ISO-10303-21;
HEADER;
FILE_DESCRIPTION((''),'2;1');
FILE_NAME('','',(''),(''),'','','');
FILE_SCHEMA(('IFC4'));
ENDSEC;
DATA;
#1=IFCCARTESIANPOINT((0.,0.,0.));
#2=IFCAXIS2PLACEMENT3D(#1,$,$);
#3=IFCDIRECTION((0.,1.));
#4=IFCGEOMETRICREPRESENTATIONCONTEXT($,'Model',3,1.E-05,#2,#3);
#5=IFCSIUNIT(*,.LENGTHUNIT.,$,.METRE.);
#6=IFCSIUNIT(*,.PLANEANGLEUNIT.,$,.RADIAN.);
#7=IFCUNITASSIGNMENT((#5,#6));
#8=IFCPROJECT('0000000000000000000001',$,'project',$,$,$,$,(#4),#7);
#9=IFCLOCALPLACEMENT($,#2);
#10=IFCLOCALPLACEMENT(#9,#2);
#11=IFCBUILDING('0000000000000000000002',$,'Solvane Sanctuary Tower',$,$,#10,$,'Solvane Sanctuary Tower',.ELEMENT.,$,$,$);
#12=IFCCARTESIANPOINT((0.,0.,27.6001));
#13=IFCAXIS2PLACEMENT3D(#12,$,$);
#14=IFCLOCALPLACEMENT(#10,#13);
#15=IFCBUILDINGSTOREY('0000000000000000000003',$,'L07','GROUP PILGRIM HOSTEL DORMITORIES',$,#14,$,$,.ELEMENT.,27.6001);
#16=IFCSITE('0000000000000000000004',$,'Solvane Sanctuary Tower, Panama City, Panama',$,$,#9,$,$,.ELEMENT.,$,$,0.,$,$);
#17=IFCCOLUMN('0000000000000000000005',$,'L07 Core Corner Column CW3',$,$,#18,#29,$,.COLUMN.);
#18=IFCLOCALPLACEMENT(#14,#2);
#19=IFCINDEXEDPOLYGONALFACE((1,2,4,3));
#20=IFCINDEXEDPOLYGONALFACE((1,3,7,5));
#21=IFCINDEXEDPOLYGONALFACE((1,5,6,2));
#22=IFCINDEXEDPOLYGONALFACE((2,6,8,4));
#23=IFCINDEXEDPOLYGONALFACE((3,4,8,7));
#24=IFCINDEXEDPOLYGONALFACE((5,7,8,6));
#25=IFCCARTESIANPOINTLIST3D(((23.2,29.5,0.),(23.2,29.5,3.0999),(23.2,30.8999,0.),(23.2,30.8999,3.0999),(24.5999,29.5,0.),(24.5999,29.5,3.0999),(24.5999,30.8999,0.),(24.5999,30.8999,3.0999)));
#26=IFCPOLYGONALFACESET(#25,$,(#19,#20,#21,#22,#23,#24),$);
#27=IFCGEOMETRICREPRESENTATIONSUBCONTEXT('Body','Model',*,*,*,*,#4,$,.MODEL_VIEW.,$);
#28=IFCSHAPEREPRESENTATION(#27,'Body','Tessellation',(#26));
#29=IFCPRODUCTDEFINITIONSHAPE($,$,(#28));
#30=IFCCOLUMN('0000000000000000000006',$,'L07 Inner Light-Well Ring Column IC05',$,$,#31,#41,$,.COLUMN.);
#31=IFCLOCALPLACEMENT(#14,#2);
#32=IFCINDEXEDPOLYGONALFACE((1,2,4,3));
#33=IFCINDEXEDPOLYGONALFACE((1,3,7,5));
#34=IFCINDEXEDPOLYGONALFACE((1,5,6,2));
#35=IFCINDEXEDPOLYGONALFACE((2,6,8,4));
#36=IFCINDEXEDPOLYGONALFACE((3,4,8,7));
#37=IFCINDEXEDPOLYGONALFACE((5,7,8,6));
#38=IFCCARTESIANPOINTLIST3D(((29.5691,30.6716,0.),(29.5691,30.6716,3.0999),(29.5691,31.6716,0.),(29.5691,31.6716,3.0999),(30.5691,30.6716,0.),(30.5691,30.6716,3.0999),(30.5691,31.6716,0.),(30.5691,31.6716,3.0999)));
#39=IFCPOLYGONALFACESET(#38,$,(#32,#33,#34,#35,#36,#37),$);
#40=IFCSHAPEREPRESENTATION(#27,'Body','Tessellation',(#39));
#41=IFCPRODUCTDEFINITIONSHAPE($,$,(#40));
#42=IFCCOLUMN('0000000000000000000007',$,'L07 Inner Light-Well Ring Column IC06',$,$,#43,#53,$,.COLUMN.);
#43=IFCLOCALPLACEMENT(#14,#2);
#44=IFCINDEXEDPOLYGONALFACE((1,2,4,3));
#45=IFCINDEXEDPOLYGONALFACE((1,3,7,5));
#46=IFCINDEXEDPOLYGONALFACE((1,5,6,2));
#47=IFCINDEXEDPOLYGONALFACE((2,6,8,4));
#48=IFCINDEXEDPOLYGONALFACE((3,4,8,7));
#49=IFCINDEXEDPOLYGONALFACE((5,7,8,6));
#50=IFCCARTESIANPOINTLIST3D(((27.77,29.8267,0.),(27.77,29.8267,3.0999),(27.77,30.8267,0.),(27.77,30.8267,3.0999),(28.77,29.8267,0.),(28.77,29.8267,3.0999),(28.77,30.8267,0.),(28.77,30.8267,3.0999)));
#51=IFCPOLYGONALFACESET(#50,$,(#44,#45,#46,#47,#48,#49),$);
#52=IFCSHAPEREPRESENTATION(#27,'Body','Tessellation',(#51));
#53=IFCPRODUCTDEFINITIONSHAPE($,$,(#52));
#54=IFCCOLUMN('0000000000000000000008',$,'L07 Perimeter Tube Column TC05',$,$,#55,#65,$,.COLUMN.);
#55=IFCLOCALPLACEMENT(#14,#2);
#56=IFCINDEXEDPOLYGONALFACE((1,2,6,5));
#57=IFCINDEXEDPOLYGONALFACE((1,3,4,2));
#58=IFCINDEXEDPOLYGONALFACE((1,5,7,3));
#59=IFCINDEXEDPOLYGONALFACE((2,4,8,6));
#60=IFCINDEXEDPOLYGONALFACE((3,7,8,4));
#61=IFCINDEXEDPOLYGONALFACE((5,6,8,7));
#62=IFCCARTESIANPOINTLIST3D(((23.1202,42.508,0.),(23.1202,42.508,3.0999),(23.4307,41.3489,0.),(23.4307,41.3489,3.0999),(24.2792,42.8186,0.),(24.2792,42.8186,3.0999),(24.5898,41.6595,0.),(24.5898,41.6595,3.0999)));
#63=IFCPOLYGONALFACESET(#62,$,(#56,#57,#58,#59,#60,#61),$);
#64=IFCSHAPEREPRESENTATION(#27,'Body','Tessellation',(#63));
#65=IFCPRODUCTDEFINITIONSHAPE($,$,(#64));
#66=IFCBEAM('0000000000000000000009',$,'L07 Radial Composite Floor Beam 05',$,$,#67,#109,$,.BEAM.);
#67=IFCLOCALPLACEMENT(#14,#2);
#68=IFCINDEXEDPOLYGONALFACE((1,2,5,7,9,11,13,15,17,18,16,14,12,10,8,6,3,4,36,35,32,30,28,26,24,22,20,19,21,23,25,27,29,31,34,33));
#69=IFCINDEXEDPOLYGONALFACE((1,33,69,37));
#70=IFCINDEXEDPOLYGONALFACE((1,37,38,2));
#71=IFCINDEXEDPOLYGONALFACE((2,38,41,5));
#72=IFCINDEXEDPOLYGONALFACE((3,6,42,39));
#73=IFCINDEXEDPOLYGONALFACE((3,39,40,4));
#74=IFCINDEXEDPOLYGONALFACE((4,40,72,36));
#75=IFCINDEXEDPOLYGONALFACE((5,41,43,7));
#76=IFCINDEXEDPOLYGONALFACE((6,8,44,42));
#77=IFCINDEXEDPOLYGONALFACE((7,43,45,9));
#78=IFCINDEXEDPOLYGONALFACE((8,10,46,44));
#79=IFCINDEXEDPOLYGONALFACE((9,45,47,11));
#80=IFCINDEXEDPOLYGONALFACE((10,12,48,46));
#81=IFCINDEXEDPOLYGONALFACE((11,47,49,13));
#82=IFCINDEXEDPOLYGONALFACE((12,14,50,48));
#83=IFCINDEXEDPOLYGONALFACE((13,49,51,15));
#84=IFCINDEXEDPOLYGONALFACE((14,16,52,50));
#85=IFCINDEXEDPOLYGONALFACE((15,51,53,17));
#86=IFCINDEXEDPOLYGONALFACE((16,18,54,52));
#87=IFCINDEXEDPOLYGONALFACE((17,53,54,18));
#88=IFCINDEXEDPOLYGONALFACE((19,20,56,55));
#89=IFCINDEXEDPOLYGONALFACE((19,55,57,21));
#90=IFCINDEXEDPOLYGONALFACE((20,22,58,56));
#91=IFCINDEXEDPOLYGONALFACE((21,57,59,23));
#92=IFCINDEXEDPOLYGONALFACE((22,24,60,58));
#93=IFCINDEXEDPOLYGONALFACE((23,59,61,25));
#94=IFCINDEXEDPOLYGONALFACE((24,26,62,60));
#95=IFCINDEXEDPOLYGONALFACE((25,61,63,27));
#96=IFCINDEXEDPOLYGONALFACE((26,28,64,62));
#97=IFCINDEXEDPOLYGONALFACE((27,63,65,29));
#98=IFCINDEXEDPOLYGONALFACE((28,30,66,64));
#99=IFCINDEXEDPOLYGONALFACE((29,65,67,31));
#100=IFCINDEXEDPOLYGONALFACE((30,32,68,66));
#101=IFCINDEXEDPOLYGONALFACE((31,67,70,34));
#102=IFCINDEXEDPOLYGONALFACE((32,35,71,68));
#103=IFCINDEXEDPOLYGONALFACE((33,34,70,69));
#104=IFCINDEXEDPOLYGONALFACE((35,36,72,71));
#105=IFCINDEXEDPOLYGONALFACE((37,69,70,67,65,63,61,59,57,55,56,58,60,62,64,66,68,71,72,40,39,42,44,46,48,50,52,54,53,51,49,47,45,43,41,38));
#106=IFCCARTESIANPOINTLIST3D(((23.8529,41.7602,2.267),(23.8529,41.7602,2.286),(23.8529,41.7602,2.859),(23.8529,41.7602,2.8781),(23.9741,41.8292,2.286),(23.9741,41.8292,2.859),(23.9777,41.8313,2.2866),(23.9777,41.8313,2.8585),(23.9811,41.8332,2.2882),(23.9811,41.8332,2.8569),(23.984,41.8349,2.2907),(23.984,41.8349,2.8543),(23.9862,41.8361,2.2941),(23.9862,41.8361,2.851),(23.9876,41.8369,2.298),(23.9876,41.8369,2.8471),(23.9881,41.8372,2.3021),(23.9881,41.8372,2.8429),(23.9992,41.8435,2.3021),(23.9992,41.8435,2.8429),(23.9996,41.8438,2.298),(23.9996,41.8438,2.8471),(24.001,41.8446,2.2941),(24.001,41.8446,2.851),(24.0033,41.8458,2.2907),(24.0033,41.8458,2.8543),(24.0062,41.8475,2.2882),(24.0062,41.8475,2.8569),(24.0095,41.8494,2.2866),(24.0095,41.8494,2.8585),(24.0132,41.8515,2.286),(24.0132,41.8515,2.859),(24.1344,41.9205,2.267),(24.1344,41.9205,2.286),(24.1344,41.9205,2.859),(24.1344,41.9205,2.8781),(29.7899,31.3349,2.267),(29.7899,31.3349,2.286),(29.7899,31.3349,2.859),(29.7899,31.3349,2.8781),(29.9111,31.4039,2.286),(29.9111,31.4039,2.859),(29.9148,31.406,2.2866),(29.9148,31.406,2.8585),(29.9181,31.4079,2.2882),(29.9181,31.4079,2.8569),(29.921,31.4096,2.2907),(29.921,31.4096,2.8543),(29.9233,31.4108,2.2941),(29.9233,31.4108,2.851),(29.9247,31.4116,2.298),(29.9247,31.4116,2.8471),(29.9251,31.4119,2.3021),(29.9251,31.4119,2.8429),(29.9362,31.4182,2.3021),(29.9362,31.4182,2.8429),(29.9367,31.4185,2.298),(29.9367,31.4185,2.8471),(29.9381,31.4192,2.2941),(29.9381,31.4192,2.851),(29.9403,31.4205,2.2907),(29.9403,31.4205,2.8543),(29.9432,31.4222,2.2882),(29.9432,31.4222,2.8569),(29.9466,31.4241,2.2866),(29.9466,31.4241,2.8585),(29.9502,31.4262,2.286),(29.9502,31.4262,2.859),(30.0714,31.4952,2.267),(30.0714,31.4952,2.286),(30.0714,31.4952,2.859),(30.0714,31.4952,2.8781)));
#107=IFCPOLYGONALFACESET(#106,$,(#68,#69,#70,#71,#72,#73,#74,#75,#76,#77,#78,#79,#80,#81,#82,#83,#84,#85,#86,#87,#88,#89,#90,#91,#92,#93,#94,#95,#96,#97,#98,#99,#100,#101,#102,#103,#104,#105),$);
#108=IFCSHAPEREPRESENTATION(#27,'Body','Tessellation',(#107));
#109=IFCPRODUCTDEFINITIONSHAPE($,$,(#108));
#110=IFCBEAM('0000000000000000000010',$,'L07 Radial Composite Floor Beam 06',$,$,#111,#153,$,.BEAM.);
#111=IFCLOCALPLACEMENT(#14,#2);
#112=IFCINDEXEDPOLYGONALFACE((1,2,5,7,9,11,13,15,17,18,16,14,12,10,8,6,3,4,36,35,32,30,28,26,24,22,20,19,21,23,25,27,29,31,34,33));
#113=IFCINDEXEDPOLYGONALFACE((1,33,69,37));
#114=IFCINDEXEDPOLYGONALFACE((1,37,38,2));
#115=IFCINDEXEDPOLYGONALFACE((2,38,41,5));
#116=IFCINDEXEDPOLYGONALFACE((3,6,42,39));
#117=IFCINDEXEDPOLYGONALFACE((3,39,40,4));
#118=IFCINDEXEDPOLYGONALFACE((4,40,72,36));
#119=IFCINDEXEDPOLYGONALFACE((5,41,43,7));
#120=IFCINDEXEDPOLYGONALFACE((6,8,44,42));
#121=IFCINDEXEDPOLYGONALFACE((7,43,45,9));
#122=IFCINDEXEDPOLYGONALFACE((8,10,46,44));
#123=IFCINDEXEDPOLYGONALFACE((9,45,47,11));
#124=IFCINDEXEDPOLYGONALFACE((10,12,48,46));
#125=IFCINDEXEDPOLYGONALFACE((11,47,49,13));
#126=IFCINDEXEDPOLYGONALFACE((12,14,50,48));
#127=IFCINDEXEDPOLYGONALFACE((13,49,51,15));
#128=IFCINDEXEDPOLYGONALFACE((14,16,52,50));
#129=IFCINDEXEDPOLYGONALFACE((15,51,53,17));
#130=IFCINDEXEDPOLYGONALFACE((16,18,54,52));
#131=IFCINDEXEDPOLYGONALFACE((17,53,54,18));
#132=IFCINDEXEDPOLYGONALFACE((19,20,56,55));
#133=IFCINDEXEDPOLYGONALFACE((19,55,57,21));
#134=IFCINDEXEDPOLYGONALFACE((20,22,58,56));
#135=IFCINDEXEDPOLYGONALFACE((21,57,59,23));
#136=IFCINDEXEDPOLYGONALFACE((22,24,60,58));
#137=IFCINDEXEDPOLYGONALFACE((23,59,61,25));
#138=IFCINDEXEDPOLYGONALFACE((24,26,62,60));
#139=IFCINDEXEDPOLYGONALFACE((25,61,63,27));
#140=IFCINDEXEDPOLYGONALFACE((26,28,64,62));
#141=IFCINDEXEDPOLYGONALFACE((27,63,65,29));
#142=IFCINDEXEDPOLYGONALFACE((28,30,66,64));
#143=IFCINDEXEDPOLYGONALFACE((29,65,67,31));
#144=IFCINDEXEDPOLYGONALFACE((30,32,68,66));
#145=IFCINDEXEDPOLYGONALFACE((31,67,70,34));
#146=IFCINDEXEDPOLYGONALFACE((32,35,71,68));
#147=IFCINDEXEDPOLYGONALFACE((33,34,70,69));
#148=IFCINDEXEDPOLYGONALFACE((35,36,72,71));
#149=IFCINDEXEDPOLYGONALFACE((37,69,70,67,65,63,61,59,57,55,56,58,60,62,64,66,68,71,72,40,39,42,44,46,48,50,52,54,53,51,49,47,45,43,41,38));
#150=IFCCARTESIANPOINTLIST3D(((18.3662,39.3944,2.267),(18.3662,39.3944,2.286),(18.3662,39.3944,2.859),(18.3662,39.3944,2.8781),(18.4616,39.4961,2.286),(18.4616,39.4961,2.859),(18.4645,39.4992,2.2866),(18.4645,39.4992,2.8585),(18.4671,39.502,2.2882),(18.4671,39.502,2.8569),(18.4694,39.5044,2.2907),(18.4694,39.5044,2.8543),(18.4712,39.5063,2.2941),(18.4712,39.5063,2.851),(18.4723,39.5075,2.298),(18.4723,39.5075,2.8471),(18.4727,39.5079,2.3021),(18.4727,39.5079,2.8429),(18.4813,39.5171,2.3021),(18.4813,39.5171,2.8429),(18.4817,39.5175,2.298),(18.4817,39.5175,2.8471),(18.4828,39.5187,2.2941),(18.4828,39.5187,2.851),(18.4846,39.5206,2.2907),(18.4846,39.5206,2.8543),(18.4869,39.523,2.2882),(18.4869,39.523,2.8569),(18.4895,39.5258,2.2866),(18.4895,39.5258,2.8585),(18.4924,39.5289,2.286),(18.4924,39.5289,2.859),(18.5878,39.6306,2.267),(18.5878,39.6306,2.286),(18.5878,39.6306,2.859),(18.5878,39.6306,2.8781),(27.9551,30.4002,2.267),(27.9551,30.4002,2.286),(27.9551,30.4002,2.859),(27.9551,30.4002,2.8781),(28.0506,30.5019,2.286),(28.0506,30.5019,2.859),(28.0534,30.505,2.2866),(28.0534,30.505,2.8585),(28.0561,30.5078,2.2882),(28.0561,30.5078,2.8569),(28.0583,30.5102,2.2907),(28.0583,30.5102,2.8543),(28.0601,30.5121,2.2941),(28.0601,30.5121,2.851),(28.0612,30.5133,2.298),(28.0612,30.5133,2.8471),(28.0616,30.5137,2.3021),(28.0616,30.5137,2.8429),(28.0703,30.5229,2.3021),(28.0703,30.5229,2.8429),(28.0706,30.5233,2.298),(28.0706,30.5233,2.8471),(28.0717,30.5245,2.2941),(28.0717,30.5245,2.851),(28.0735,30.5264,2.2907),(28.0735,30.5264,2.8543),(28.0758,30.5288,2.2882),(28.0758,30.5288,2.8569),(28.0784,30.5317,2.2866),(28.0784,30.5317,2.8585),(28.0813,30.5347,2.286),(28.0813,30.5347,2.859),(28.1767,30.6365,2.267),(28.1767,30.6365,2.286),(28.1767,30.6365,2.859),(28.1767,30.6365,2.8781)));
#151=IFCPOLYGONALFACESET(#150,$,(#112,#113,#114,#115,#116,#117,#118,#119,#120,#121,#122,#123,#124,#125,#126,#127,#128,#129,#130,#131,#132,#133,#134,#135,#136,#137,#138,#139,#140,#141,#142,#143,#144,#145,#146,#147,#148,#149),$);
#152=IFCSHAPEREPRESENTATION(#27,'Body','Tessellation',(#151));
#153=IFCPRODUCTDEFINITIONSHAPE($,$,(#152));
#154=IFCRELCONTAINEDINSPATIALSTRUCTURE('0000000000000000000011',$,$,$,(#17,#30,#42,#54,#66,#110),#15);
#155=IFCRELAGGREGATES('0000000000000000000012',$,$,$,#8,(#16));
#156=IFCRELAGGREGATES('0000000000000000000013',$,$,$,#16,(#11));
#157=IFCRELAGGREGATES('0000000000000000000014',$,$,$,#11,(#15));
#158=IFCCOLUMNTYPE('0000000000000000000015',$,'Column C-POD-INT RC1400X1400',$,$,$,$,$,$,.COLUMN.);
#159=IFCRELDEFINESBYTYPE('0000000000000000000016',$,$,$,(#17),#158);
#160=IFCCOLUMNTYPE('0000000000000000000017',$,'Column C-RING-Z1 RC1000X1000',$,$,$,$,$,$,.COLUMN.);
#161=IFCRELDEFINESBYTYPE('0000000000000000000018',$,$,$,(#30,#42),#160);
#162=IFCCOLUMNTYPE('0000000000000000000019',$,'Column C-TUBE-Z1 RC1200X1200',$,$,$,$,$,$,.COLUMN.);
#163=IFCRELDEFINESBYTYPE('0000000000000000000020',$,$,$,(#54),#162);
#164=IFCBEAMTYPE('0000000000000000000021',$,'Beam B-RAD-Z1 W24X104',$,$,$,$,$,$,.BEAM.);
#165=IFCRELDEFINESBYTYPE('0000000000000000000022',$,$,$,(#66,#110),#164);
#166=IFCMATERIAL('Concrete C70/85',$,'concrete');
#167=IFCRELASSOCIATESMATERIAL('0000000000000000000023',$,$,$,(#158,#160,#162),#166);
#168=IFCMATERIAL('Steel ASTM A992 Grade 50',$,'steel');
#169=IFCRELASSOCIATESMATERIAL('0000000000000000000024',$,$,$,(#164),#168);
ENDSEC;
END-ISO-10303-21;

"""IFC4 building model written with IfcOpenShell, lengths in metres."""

from ifc_helpers import new_model, si_unit, direction, frame, origin, origin_2d, place, context, subcontext, project, spatial, rectangle, i_section, extrude, material, material_profile, profile_set, type_object, element, save


model = new_model("IFC4")

# Units and contexts
model_context = context("Model", 3, precision=1e-05, world=origin(), true_north=direction((0.0, 1.0)))
body_context = subcontext(model_context, "Body", "Model", "MODEL_VIEW")
ifc_project = project(units=[si_unit("LENGTHUNIT", "METRE"), si_unit("PLANEANGLEUNIT", "RADIAN")], contexts=[model_context])

# Site, building, storey
site_placement = place(None, origin())
site = spatial("IfcSite", under=ifc_project, at=site_placement, Name="Solvane Sanctuary Tower, Panama City, Panama", CompositionType="ELEMENT", RefElevation=0.0)
building_placement = place(site_placement, origin())
building = spatial("IfcBuilding", under=site, at=building_placement, Name="Solvane Sanctuary Tower", LongName="Solvane Sanctuary Tower", CompositionType="ELEMENT")
storey_placement = place(building_placement, frame((0.0, 0.0, 27.6001)))
storey = spatial("IfcBuildingStorey", under=building, at=storey_placement, Name="L07", Description="GROUP PILGRIM HOSTEL DORMITORIES", CompositionType="ELEMENT", Elevation=27.6001)

# Columns
ifc_material_1 = material(Name="Concrete C70/85", Category="concrete")
ifc_material_profile_1 = material_profile(ifc_material_1, rectangle(XDim=1.3999, YDim=1.3999, at=origin_2d()), Name="RC1400X1400")
ifc_profile_set_1 = profile_set([ifc_material_profile_1], Name="Concrete C70/85")
column_type_1 = type_object("IfcColumnType", Name="Column C-POD-INT RC1400X1400", PredefinedType="COLUMN", material=ifc_profile_set_1)
column_1_placement = place(storey_placement, frame((23.8999, 30.2, 0.0), z_axis=(0.0, 0.0, 1.0), x_axis=(1.0, 0.0, 0.0)))
element("IfcColumn", 1, at=column_1_placement, inside=storey, type_object=column_type_1, Name="L07 Core Corner Column CW3", PredefinedType="COLUMN", context=body_context, shape_type="SweptSolid", body=[
    extrude(rectangle(XDim=1.3999, YDim=1.3999, at=origin_2d()), origin(), (0.0, 0.0, 1.0), 3.0999),
])
ifc_material_profile_2 = material_profile(ifc_material_1, rectangle(XDim=1.0, YDim=1.0, at=origin_2d()), Name="RC1000X1000")
ifc_profile_set_2 = profile_set([ifc_material_profile_2], Name="Concrete C70/85")
column_type_2 = type_object("IfcColumnType", Name="Column C-RING-Z1 RC1000X1000", PredefinedType="COLUMN", material=ifc_profile_set_2)
for number, where, z_axis, x_axis, name in (
    (2, (30.0691, 31.1716, 0.0), (0.0, 0.0, 1.0), (1.0, 0.0, 0.0), "L07 Inner Light-Well Ring Column IC05"),
    (3, (28.27, 30.3267, 0.0), (0.0, 0.0, 1.0), (1.0, 0.0, 0.0), "L07 Inner Light-Well Ring Column IC06"),
):
    element("IfcColumn", number, at=place(storey_placement, frame(where, z_axis=z_axis, x_axis=x_axis)), inside=storey, type_object=column_type_2, Name=name, PredefinedType="COLUMN", context=body_context, shape_type="SweptSolid", body=[
        extrude(rectangle(XDim=1.0, YDim=1.0, at=origin_2d()), origin(), (0.0, 0.0, 1.0), 3.0999),
    ])
ifc_material_profile_3 = material_profile(ifc_material_1, rectangle(XDim=1.2, YDim=1.2, at=origin_2d()), Name="RC1200X1200")
ifc_profile_set_3 = profile_set([ifc_material_profile_3], Name="Concrete C70/85")
column_type_3 = type_object("IfcColumnType", Name="Column C-TUBE-Z1 RC1200X1200", PredefinedType="COLUMN", material=ifc_profile_set_3)
column_2_placement = place(storey_placement, frame((23.855, 42.0837, 0.0), z_axis=(0.0, 0.0, 1.0), x_axis=(-0.258819, 0.965926, 0.0)))
element("IfcColumn", 4, at=column_2_placement, inside=storey, type_object=column_type_3, Name="L07 Perimeter Tube Column TC05", PredefinedType="COLUMN", context=body_context, shape_type="SweptSolid", body=[
    extrude(rectangle(XDim=1.2, YDim=1.2, at=origin_2d()), origin(), (0.0, 0.0, 1.0), 3.0999),
])

# Beams
ifc_material_2 = material(Name="Steel ASTM A992 Grade 50", Category="steel")
ifc_material_profile_4 = material_profile(ifc_material_2, i_section(OverallWidth=0.324, OverallDepth=0.6111, WebThickness=0.0127, FlangeThickness=0.019, FilletRadius=0.0161, at=origin_2d()), Name="W24X104")
ifc_profile_set_4 = profile_set([ifc_material_profile_4], Name="Steel ASTM A992 Grade 50")
beam_type_1 = type_object("IfcBeamType", Name="Beam B-RAD-Z1 W24X104", PredefinedType="BEAM", material=ifc_profile_set_4)
beam_1_placement = place(storey_placement, frame((29.9307, 31.415, 2.5725), z_axis=(-0.494863, 0.868971, 0.0), x_axis=(-0.868971, -0.494863, 0.0)))
element("IfcBeam", 5, at=beam_1_placement, inside=storey, type_object=beam_type_1, Name="L07 Radial Composite Floor Beam 05", PredefinedType="BEAM", context=body_context, shape_type="SweptSolid", body=[
    extrude(i_section(OverallWidth=0.324, OverallDepth=0.6111, WebThickness=0.0127, FlangeThickness=0.019, FilletRadius=0.0161, at=origin_2d()), origin(), (0.0, 0.0, 1.0), 11.9973),
])
beam_2_placement = place(storey_placement, frame((28.0659, 30.5183, 2.5725), z_axis=(-0.729363, 0.684126, 0.0), x_axis=(-0.684126, -0.729363, 0.0)))
element("IfcBeam", 6, at=beam_2_placement, inside=storey, type_object=beam_type_1, Name="L07 Radial Composite Floor Beam 06", PredefinedType="BEAM", context=body_context, shape_type="SweptSolid", body=[
    extrude(i_section(OverallWidth=0.324, OverallDepth=0.6111, WebThickness=0.0127, FlangeThickness=0.019, FilletRadius=0.0161, at=origin_2d()), origin(), (0.0, 0.0, 1.0), 13.147),
])

save(model, "model.ifc")
